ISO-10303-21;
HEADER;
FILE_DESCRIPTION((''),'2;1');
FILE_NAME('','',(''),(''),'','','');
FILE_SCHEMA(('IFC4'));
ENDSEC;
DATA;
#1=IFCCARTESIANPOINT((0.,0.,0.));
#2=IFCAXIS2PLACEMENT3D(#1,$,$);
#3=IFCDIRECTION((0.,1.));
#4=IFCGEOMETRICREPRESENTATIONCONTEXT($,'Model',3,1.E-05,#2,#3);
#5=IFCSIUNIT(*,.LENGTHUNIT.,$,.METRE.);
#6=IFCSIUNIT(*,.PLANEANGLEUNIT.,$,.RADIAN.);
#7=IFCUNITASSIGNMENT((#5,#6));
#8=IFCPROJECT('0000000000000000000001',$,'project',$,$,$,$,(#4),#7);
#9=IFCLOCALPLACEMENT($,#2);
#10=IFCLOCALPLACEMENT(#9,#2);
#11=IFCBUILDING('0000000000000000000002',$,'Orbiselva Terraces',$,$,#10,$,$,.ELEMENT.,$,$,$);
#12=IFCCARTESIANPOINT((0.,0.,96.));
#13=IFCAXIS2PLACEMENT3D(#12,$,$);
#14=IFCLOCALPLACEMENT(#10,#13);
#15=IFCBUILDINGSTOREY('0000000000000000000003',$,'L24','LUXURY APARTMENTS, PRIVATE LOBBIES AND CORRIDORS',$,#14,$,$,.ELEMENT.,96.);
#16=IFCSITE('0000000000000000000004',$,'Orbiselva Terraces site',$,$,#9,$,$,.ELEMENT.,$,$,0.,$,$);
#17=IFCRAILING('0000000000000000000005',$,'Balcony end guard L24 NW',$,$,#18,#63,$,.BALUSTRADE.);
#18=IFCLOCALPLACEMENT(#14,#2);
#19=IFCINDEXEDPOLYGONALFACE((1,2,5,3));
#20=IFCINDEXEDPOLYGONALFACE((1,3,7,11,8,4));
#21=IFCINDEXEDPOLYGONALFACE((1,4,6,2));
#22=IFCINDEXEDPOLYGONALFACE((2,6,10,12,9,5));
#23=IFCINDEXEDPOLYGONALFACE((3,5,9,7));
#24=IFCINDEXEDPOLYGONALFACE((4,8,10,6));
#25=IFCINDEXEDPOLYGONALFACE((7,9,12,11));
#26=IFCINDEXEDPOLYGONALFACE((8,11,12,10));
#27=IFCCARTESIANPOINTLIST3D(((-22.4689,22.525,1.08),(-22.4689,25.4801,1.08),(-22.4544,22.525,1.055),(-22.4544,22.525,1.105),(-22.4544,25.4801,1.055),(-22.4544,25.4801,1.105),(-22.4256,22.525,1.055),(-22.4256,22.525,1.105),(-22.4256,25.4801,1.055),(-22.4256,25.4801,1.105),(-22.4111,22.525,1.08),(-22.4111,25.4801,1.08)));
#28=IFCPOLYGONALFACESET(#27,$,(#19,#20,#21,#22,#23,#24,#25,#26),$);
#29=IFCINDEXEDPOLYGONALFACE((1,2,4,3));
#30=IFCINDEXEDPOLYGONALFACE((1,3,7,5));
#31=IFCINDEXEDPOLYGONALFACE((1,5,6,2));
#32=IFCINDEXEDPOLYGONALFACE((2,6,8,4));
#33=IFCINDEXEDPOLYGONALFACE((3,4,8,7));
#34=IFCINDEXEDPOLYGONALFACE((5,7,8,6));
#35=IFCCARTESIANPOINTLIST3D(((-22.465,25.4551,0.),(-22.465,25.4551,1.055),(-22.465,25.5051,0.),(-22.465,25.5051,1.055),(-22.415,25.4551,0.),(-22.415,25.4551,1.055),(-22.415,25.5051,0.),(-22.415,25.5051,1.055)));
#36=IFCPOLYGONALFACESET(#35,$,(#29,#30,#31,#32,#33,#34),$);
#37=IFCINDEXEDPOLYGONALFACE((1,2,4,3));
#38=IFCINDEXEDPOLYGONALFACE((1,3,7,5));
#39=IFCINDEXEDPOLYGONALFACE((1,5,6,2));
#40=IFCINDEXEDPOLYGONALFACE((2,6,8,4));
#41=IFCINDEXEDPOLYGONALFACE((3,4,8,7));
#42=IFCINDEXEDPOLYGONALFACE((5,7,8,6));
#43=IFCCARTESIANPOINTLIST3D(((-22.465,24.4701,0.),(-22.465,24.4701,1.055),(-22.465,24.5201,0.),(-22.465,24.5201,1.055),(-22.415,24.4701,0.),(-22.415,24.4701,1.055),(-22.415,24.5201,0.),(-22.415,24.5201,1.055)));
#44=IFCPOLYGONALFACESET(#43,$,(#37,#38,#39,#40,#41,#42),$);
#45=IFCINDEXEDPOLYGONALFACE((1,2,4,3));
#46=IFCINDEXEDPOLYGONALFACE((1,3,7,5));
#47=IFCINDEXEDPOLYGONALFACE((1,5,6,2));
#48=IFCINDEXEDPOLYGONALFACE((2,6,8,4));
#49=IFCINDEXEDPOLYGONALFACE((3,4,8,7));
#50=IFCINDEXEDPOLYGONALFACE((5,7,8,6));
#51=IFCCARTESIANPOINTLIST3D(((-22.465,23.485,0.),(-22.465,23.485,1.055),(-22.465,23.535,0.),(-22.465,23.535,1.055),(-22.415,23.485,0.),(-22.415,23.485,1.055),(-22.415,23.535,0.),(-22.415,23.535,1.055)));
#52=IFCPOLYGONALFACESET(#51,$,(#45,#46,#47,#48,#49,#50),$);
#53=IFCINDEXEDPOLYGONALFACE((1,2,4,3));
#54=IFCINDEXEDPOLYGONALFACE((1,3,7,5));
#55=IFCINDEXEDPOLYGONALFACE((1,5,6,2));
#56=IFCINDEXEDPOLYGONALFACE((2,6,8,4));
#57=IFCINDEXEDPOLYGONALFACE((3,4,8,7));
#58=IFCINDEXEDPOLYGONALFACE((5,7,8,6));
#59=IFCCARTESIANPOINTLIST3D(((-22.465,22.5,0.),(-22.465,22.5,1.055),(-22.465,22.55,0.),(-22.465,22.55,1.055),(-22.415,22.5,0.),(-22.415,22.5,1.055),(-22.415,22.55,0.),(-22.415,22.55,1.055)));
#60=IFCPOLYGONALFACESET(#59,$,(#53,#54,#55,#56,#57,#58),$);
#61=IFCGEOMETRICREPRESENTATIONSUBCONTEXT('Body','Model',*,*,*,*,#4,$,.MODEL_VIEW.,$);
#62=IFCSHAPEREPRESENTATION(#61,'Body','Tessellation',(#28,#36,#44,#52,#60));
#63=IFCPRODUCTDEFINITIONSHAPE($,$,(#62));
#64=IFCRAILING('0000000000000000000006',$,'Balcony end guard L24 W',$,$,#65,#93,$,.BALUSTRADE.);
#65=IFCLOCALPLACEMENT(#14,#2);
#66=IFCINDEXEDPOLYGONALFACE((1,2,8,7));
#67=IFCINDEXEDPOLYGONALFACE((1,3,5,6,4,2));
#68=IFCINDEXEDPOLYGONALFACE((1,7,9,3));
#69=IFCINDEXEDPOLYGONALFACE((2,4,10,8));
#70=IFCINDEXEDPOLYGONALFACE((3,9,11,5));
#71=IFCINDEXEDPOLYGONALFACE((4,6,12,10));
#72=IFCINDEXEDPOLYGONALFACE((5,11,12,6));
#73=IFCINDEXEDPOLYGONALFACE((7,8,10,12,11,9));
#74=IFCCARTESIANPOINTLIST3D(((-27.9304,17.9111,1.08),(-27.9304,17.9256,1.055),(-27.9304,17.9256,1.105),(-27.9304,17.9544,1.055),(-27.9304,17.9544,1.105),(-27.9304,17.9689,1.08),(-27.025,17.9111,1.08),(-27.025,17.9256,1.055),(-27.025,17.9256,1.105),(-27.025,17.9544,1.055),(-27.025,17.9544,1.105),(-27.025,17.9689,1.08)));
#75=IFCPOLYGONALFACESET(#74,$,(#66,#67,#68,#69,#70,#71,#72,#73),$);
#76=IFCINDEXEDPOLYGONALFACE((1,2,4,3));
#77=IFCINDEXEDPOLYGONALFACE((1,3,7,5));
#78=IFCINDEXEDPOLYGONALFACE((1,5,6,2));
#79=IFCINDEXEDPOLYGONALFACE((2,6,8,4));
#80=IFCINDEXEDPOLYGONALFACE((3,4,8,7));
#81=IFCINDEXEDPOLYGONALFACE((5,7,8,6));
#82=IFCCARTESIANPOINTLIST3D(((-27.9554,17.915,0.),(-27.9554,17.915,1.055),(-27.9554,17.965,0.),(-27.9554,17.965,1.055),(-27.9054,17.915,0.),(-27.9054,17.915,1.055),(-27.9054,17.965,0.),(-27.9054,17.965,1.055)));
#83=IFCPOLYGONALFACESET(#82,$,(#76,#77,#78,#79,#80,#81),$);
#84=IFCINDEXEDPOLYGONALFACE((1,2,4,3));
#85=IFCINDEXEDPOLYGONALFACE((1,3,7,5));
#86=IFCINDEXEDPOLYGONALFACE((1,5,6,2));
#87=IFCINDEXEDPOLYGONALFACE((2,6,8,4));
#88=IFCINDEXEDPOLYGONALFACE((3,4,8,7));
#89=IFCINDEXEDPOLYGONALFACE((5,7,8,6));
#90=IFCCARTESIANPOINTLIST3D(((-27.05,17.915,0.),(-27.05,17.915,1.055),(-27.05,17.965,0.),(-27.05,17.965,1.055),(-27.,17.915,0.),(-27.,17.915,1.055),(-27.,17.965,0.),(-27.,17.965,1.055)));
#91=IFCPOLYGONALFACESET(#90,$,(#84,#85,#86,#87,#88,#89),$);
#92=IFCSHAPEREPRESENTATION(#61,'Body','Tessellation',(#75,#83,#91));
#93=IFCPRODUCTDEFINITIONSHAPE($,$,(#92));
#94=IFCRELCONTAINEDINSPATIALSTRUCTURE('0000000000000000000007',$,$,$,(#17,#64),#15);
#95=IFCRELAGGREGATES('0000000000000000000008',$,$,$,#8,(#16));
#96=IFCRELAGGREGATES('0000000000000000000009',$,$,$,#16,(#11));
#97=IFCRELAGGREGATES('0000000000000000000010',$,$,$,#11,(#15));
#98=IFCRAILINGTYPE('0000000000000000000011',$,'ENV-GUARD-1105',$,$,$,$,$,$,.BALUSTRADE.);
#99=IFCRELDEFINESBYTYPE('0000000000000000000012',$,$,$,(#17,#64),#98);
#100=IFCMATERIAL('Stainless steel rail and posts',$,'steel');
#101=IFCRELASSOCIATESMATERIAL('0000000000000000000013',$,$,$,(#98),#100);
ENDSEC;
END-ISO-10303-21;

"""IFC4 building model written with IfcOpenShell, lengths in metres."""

from ifc_helpers import new_model, si_unit, direction, frame, origin, origin_2d, place, context, subcontext, project, spatial, polyline, rectangle, outline, extrude, material, type_object, element, save


model = new_model("IFC4")

# Units and contexts
model_context = context("Model", 3, precision=1e-05, world=origin(), true_north=direction((0.0, 1.0)))
body_context = subcontext(model_context, "Body", "Model", "MODEL_VIEW")
ifc_project = project(units=[si_unit("LENGTHUNIT", "METRE"), si_unit("PLANEANGLEUNIT", "RADIAN")], contexts=[model_context])

# Site, building, storey
site_placement = place(None, origin())
site = spatial("IfcSite", under=ifc_project, at=site_placement, Name="Orbiselva Terraces site", CompositionType="ELEMENT", RefElevation=0.0)
building_placement = place(site_placement, origin())
building = spatial("IfcBuilding", under=site, at=building_placement, Name="Orbiselva Terraces", CompositionType="ELEMENT")
storey_placement = place(building_placement, frame((0.0, 0.0, 96.0)))
storey = spatial("IfcBuildingStorey", under=building, at=storey_placement, Name="L24", Description="LUXURY APARTMENTS, PRIVATE LOBBIES AND CORRIDORS", CompositionType="ELEMENT", Elevation=96.0)

# Railings
ifc_material_1 = material(Name="Stainless steel rail and posts", Category="steel")
railing_type_1 = type_object("IfcRailingType", Name="ENV-GUARD-1105", PredefinedType="BALUSTRADE", material=ifc_material_1)
railing_1_placement = place(storey_placement, frame((-22.44, 25.4801, 0.0)))
element("IfcRailing", 1, at=railing_1_placement, inside=storey, type_object=railing_type_1, Name="Balcony end guard L24 NW", PredefinedType="BALUSTRADE", context=body_context, shape_type="SweptSolid", body=[
    extrude(outline(polyline([(0.0289, 0.0), (0.0144, 0.025), (-0.0144, 0.025), (-0.0289, 0.0), (-0.0144, -0.025), (0.0144, -0.025), (0.0289, 0.0)])), frame((0.0, 0.0, 1.08), z_axis=(0.0, -1.0, 0.0), x_axis=(1.0, 0.0, 0.0)), (0.0, 0.0, 1.0), 2.9551),
    extrude(rectangle(XDim=0.05, YDim=0.05, at=origin_2d()), origin(), (0.0, 0.0, 1.0), 1.055),
    extrude(rectangle(XDim=0.05, YDim=0.05, at=origin_2d()), frame((0.0, -0.985, 0.0)), (0.0, 0.0, 1.0), 1.055),
    extrude(rectangle(XDim=0.05, YDim=0.05, at=origin_2d()), frame((0.0, -1.9701, 0.0)), (0.0, 0.0, 1.0), 1.055),
    extrude(rectangle(XDim=0.05, YDim=0.05, at=origin_2d()), frame((0.0, -2.9551, 0.0)), (0.0, 0.0, 1.0), 1.055),
])
railing_2_placement = place(storey_placement, frame((-27.9304, 17.94, 0.0)))
element("IfcRailing", 2, at=railing_2_placement, inside=storey, type_object=railing_type_1, Name="Balcony end guard L24 W", PredefinedType="BALUSTRADE", context=body_context, shape_type="SweptSolid", body=[
    extrude(outline(polyline([(0.0289, 0.0), (0.0144, 0.025), (-0.0144, 0.025), (-0.0289, 0.0), (-0.0144, -0.025), (0.0144, -0.025), (0.0289, 0.0)])), frame((0.0, 0.0, 1.08), z_axis=(1.0, 0.0, 0.0), x_axis=(0.0, 1.0, 0.0)), (0.0, 0.0, 1.0), 0.9054),
    extrude(rectangle(XDim=0.05, YDim=0.05, at=origin_2d()), origin(), (0.0, 0.0, 1.0), 1.055),
    extrude(rectangle(XDim=0.05, YDim=0.05, at=origin_2d()), frame((0.9054, 0.0, 0.0)), (0.0, 0.0, 1.0), 1.055),
])

save(model, "model.ifc")
